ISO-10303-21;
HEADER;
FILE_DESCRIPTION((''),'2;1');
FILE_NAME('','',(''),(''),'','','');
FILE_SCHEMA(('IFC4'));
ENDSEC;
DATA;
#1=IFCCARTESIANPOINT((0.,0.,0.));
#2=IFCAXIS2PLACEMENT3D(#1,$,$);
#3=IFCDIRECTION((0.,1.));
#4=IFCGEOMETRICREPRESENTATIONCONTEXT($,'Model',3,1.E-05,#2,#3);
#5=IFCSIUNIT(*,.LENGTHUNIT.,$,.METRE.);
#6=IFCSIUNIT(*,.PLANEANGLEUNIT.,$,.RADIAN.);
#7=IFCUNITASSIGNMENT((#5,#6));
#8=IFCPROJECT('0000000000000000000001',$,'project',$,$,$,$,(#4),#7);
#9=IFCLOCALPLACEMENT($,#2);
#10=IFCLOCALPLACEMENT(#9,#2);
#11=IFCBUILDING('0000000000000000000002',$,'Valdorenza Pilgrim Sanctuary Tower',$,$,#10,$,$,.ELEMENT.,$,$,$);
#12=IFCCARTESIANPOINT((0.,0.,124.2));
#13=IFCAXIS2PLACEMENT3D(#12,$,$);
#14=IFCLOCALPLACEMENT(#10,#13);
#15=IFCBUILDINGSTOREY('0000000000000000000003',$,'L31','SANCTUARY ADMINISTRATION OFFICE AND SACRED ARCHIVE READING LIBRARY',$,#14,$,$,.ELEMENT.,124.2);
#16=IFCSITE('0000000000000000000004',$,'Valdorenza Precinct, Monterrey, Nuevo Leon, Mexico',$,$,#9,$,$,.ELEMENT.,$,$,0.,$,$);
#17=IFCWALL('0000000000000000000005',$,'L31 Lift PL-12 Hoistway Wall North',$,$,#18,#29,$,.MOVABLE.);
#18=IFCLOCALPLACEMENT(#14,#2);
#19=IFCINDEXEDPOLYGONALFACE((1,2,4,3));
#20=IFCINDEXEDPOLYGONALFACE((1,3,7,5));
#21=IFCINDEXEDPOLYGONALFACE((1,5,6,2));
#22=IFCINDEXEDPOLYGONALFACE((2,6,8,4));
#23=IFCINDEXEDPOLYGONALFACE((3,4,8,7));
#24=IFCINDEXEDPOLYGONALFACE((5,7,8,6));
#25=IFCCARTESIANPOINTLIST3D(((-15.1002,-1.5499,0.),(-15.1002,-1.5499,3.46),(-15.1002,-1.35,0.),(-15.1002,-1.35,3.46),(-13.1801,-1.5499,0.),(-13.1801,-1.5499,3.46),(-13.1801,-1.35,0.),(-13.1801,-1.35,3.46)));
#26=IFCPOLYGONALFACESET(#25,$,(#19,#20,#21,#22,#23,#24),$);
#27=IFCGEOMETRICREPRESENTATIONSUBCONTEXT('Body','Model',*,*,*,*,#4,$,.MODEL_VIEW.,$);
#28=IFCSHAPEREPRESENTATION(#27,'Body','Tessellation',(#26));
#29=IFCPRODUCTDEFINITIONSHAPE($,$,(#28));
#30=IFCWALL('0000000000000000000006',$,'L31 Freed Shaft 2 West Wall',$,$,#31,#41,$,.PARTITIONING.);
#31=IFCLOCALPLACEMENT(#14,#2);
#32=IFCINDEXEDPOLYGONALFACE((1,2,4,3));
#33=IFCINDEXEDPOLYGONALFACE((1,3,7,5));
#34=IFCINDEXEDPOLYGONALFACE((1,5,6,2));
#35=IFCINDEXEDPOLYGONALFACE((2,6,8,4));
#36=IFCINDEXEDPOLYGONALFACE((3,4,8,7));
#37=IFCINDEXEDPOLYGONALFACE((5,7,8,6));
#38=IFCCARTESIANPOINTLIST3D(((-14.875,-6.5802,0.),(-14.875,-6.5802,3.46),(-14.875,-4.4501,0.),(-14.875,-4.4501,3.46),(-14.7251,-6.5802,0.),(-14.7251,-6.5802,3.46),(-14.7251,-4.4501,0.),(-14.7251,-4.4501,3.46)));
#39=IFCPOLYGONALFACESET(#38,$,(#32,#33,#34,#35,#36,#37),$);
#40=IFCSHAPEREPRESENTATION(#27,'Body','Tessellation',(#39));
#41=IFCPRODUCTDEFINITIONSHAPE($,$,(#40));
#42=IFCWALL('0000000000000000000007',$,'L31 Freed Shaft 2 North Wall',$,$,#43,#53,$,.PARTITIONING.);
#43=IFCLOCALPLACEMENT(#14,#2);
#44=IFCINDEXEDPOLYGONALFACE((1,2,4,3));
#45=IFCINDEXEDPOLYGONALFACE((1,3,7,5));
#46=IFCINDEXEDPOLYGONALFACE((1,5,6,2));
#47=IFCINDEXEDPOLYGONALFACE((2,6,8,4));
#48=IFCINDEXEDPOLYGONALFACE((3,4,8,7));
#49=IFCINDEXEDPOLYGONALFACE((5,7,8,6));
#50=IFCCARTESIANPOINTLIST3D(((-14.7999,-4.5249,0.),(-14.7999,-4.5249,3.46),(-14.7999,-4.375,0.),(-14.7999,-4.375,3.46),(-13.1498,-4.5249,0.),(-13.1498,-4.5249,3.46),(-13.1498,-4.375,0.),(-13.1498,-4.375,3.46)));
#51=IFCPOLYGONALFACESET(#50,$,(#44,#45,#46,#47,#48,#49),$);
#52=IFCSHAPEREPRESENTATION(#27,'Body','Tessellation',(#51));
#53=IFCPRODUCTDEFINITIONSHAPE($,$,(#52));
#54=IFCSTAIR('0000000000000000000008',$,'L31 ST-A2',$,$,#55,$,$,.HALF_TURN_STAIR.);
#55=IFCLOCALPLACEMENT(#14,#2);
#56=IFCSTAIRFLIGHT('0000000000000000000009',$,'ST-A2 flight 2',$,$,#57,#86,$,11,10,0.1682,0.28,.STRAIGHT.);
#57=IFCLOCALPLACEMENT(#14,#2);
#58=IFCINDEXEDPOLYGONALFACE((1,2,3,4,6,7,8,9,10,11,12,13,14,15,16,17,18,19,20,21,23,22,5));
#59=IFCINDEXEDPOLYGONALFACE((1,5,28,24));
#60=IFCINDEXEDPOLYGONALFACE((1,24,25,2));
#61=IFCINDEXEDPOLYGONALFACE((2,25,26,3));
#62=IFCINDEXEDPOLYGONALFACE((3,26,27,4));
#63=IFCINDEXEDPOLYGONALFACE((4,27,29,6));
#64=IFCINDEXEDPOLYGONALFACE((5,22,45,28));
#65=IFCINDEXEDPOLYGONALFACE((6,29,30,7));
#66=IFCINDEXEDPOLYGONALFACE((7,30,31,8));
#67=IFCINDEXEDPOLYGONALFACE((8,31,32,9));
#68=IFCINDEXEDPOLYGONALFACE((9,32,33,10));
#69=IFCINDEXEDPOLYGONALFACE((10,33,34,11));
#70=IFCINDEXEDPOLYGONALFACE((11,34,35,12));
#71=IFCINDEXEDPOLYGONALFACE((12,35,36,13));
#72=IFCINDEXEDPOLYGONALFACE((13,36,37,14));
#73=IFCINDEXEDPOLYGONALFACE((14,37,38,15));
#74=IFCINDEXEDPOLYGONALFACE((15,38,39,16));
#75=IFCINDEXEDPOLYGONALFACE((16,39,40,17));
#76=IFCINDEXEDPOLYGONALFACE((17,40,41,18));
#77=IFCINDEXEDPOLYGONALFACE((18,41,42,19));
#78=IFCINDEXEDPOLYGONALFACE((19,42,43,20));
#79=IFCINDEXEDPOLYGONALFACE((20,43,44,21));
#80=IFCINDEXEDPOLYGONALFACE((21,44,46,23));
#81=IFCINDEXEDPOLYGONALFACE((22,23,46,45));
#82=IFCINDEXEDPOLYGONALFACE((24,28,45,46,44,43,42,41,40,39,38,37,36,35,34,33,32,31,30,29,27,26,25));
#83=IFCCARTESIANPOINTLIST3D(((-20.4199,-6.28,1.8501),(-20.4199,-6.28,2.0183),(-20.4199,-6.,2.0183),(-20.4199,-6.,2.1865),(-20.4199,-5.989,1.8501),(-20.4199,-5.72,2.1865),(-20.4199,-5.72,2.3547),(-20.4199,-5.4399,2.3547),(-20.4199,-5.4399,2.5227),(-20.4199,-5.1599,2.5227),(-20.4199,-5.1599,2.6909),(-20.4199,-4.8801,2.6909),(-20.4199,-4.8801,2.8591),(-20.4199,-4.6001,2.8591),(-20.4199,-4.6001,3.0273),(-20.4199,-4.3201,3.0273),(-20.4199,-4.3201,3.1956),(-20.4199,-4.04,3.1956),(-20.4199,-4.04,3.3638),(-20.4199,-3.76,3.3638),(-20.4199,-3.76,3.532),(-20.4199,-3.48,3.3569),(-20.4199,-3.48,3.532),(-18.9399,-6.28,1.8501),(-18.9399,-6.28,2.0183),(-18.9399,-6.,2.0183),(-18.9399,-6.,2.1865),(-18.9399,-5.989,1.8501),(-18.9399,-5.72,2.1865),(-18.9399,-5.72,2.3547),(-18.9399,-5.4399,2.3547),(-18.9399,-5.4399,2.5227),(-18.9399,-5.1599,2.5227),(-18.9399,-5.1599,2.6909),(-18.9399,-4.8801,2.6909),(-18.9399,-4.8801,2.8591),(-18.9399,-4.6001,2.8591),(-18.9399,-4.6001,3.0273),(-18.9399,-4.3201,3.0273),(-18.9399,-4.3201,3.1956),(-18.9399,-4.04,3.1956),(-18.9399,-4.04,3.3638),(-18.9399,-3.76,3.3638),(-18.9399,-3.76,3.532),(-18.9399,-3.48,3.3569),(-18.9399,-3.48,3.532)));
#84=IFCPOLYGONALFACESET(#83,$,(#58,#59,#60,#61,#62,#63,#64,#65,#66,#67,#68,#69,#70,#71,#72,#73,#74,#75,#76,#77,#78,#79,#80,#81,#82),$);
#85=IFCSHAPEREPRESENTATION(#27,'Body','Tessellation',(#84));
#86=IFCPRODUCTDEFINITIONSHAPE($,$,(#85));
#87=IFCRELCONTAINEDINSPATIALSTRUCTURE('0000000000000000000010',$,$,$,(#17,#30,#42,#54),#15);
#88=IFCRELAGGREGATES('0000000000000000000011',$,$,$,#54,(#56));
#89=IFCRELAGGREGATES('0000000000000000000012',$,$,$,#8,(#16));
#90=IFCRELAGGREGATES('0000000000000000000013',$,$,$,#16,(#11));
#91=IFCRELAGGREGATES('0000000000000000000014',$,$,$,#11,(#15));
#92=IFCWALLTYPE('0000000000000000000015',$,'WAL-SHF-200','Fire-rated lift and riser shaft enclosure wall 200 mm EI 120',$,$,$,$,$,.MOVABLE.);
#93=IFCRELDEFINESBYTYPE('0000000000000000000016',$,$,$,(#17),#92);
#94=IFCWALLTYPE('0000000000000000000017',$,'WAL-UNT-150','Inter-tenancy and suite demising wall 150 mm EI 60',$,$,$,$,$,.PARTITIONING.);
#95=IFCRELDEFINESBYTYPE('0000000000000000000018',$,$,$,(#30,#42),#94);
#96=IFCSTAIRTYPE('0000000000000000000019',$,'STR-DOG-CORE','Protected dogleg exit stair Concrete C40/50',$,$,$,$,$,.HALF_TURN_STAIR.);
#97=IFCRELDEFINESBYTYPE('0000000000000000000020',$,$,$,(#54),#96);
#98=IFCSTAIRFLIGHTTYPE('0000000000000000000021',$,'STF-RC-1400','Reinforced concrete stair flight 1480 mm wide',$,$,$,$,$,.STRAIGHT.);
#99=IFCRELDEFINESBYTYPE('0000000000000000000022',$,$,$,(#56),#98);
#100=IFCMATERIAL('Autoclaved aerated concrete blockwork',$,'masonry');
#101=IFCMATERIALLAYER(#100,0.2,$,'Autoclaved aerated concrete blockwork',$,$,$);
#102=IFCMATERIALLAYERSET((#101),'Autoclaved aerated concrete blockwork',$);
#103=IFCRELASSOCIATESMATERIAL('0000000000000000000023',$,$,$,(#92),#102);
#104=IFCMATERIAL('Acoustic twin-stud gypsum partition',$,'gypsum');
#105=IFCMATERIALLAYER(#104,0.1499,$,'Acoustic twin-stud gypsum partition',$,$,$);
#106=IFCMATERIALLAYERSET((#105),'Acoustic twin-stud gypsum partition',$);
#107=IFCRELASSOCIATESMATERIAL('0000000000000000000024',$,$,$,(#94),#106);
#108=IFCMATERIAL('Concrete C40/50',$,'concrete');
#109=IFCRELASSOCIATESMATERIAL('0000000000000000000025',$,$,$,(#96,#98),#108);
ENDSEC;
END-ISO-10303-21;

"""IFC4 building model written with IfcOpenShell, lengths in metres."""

from ifc_helpers import new_model, si_unit, direction, frame, frame_2d, origin, place, context, subcontext, project, spatial, polyline, rectangle, outline, extrude, material, layer, layer_set, type_object, element, aggregate, save


model = new_model("IFC4")

# Units and contexts
model_context = context("Model", 3, precision=1e-05, world=origin(), true_north=direction((0.0, 1.0)))
body_context = subcontext(model_context, "Body", "Model", "MODEL_VIEW")
ifc_project = project(units=[si_unit("LENGTHUNIT", "METRE"), si_unit("PLANEANGLEUNIT", "RADIAN")], contexts=[model_context])

# Site, building, storey
site_placement = place(None, origin())
site = spatial("IfcSite", under=ifc_project, at=site_placement, Name="Valdorenza Precinct, Monterrey, Nuevo Leon, Mexico", CompositionType="ELEMENT", RefElevation=0.0)
building_placement = place(site_placement, origin())
building = spatial("IfcBuilding", under=site, at=building_placement, Name="Valdorenza Pilgrim Sanctuary Tower", CompositionType="ELEMENT")
storey_placement = place(building_placement, frame((0.0, 0.0, 124.2)))
storey = spatial("IfcBuildingStorey", under=building, at=storey_placement, Name="L31", Description="SANCTUARY ADMINISTRATION OFFICE AND SACRED ARCHIVE READING LIBRARY", CompositionType="ELEMENT", Elevation=124.2)

# Shared definitions
ifc_material_1 = material(Name="Acoustic twin-stud gypsum partition", Category="gypsum")

# Shared definitions
ifc_material_2 = material(Name="Autoclaved aerated concrete blockwork", Category="masonry")
ifc_layer_1 = layer(ifc_material_2, 0.2, Name="Autoclaved aerated concrete blockwork")
ifc_layer_set_1 = layer_set([ifc_layer_1], Name="Autoclaved aerated concrete blockwork")
wall_type_1 = type_object("IfcWallType", Name="WAL-SHF-200", Description="Fire-rated lift and riser shaft enclosure wall 200 mm EI 120", PredefinedType="MOVABLE", material=ifc_layer_set_1)

# Walls
for number, where, z_axis, x_axis, name in (
    (1, (-15.1001, -1.45, 0.0), (0.0, 0.0, 1.0), (1.0, 0.0, 0.0), "L31 Lift PL-12 Hoistway Wall North"),
):
    element("IfcWall", number, at=place(storey_placement, frame(where, z_axis=z_axis, x_axis=x_axis)), inside=storey, type_object=wall_type_1, Name=name, PredefinedType="MOVABLE", context=body_context, shape_type="SweptSolid", body=[
        extrude(rectangle(XDim=1.9202, YDim=0.2, at=frame_2d((0.96, 0.0))), origin(), (0.0, 0.0, 1.0), 3.46),
    ])
ifc_layer_2 = layer(ifc_material_1, 0.1499, Name="Acoustic twin-stud gypsum partition")
ifc_layer_set_2 = layer_set([ifc_layer_2], Name="Acoustic twin-stud gypsum partition")
wall_type_2 = type_object("IfcWallType", Name="WAL-UNT-150", Description="Inter-tenancy and suite demising wall 150 mm EI 60", PredefinedType="PARTITIONING", material=ifc_layer_set_2)
wall_1_placement = place(storey_placement, frame((-14.8, -6.5801, 0.0), z_axis=(0.0, 0.0, 1.0), x_axis=(0.0, 1.0, 0.0)))
element("IfcWall", 2, at=wall_1_placement, inside=storey, type_object=wall_type_2, Name="L31 Freed Shaft 2 West Wall", PredefinedType="PARTITIONING", context=body_context, shape_type="SweptSolid", body=[
    extrude(rectangle(XDim=2.1301, YDim=0.1499, at=frame_2d((1.0649, 0.0))), origin(), (0.0, 0.0, 1.0), 3.46),
])
wall_2_placement = place(storey_placement, frame((-14.8, -4.45, 0.0), z_axis=(0.0, 0.0, 1.0), x_axis=(1.0, 0.0, 0.0)))
element("IfcWall", 3, at=wall_2_placement, inside=storey, type_object=wall_type_2, Name="L31 Freed Shaft 2 North Wall", PredefinedType="PARTITIONING", context=body_context, shape_type="SweptSolid", body=[
    extrude(rectangle(XDim=1.6501, YDim=0.1499, at=frame_2d((0.8252, 0.0))), origin(), (0.0, 0.0, 1.0), 3.46),
])

# Stair, stair flight
ifc_material_3 = material(Name="Concrete C40/50", Category="concrete")
stair_type = type_object("IfcStairType", Name="STR-DOG-CORE", Description="Protected dogleg exit stair Concrete C40/50", PredefinedType="HALF_TURN_STAIR", material=ifc_material_3)
stair_placement = place(storey_placement, origin())
stair = element("IfcStair", 4, at=stair_placement, inside=storey, type_object=stair_type, Name="L31 ST-A2", PredefinedType="HALF_TURN_STAIR")
stair_flight_type = type_object("IfcStairFlightType", Name="STF-RC-1400", Description="Reinforced concrete stair flight 1480 mm wide", PredefinedType="STRAIGHT", material=ifc_material_3)
stair_flight_placement = place(storey_placement, frame((-19.6799, -6.28, 1.8501), z_axis=(0.0, 0.0, 1.0), x_axis=(0.0, 1.0, 0.0)))
stair_flight = element("IfcStairFlight", 5, at=stair_flight_placement, type_object=stair_flight_type, Name="ST-A2 flight 2", NumberOfRisers=11, NumberOfTreads=10, PredefinedType="STRAIGHT", RiserHeight=0.1682, TreadLength=0.28, context=body_context, shape_type="SweptSolid", body=[
    extrude(outline(polyline([(0.0, 0.0), (0.0, 0.1682), (0.28, 0.1682), (0.28, 0.3364), (0.5601, 0.3364), (0.5601, 0.5046), (0.8401, 0.5046), (0.8401, 0.6726), (1.1201, 0.6726), (1.1201, 0.8408), (1.3999, 0.8408), (1.3999, 1.009), (1.6799, 1.009), (1.6799, 1.1772), (1.96, 1.1772), (1.96, 1.3455), (2.24, 1.3455), (2.24, 1.5137), (2.52, 1.5137), (2.52, 1.6819), (2.8, 1.6819), (2.8, 1.8501), (2.8, 1.5068), (0.291, 0.0), (0.0, 0.0)])), frame((0.0, 0.74, 0.0), z_axis=(0.0, -1.0, 0.0), x_axis=(1.0, 0.0, 0.0)), (0.0, 0.0, 1.0), 1.48),
])
aggregate(stair, [stair_flight])

save(model, "model.ifc")
